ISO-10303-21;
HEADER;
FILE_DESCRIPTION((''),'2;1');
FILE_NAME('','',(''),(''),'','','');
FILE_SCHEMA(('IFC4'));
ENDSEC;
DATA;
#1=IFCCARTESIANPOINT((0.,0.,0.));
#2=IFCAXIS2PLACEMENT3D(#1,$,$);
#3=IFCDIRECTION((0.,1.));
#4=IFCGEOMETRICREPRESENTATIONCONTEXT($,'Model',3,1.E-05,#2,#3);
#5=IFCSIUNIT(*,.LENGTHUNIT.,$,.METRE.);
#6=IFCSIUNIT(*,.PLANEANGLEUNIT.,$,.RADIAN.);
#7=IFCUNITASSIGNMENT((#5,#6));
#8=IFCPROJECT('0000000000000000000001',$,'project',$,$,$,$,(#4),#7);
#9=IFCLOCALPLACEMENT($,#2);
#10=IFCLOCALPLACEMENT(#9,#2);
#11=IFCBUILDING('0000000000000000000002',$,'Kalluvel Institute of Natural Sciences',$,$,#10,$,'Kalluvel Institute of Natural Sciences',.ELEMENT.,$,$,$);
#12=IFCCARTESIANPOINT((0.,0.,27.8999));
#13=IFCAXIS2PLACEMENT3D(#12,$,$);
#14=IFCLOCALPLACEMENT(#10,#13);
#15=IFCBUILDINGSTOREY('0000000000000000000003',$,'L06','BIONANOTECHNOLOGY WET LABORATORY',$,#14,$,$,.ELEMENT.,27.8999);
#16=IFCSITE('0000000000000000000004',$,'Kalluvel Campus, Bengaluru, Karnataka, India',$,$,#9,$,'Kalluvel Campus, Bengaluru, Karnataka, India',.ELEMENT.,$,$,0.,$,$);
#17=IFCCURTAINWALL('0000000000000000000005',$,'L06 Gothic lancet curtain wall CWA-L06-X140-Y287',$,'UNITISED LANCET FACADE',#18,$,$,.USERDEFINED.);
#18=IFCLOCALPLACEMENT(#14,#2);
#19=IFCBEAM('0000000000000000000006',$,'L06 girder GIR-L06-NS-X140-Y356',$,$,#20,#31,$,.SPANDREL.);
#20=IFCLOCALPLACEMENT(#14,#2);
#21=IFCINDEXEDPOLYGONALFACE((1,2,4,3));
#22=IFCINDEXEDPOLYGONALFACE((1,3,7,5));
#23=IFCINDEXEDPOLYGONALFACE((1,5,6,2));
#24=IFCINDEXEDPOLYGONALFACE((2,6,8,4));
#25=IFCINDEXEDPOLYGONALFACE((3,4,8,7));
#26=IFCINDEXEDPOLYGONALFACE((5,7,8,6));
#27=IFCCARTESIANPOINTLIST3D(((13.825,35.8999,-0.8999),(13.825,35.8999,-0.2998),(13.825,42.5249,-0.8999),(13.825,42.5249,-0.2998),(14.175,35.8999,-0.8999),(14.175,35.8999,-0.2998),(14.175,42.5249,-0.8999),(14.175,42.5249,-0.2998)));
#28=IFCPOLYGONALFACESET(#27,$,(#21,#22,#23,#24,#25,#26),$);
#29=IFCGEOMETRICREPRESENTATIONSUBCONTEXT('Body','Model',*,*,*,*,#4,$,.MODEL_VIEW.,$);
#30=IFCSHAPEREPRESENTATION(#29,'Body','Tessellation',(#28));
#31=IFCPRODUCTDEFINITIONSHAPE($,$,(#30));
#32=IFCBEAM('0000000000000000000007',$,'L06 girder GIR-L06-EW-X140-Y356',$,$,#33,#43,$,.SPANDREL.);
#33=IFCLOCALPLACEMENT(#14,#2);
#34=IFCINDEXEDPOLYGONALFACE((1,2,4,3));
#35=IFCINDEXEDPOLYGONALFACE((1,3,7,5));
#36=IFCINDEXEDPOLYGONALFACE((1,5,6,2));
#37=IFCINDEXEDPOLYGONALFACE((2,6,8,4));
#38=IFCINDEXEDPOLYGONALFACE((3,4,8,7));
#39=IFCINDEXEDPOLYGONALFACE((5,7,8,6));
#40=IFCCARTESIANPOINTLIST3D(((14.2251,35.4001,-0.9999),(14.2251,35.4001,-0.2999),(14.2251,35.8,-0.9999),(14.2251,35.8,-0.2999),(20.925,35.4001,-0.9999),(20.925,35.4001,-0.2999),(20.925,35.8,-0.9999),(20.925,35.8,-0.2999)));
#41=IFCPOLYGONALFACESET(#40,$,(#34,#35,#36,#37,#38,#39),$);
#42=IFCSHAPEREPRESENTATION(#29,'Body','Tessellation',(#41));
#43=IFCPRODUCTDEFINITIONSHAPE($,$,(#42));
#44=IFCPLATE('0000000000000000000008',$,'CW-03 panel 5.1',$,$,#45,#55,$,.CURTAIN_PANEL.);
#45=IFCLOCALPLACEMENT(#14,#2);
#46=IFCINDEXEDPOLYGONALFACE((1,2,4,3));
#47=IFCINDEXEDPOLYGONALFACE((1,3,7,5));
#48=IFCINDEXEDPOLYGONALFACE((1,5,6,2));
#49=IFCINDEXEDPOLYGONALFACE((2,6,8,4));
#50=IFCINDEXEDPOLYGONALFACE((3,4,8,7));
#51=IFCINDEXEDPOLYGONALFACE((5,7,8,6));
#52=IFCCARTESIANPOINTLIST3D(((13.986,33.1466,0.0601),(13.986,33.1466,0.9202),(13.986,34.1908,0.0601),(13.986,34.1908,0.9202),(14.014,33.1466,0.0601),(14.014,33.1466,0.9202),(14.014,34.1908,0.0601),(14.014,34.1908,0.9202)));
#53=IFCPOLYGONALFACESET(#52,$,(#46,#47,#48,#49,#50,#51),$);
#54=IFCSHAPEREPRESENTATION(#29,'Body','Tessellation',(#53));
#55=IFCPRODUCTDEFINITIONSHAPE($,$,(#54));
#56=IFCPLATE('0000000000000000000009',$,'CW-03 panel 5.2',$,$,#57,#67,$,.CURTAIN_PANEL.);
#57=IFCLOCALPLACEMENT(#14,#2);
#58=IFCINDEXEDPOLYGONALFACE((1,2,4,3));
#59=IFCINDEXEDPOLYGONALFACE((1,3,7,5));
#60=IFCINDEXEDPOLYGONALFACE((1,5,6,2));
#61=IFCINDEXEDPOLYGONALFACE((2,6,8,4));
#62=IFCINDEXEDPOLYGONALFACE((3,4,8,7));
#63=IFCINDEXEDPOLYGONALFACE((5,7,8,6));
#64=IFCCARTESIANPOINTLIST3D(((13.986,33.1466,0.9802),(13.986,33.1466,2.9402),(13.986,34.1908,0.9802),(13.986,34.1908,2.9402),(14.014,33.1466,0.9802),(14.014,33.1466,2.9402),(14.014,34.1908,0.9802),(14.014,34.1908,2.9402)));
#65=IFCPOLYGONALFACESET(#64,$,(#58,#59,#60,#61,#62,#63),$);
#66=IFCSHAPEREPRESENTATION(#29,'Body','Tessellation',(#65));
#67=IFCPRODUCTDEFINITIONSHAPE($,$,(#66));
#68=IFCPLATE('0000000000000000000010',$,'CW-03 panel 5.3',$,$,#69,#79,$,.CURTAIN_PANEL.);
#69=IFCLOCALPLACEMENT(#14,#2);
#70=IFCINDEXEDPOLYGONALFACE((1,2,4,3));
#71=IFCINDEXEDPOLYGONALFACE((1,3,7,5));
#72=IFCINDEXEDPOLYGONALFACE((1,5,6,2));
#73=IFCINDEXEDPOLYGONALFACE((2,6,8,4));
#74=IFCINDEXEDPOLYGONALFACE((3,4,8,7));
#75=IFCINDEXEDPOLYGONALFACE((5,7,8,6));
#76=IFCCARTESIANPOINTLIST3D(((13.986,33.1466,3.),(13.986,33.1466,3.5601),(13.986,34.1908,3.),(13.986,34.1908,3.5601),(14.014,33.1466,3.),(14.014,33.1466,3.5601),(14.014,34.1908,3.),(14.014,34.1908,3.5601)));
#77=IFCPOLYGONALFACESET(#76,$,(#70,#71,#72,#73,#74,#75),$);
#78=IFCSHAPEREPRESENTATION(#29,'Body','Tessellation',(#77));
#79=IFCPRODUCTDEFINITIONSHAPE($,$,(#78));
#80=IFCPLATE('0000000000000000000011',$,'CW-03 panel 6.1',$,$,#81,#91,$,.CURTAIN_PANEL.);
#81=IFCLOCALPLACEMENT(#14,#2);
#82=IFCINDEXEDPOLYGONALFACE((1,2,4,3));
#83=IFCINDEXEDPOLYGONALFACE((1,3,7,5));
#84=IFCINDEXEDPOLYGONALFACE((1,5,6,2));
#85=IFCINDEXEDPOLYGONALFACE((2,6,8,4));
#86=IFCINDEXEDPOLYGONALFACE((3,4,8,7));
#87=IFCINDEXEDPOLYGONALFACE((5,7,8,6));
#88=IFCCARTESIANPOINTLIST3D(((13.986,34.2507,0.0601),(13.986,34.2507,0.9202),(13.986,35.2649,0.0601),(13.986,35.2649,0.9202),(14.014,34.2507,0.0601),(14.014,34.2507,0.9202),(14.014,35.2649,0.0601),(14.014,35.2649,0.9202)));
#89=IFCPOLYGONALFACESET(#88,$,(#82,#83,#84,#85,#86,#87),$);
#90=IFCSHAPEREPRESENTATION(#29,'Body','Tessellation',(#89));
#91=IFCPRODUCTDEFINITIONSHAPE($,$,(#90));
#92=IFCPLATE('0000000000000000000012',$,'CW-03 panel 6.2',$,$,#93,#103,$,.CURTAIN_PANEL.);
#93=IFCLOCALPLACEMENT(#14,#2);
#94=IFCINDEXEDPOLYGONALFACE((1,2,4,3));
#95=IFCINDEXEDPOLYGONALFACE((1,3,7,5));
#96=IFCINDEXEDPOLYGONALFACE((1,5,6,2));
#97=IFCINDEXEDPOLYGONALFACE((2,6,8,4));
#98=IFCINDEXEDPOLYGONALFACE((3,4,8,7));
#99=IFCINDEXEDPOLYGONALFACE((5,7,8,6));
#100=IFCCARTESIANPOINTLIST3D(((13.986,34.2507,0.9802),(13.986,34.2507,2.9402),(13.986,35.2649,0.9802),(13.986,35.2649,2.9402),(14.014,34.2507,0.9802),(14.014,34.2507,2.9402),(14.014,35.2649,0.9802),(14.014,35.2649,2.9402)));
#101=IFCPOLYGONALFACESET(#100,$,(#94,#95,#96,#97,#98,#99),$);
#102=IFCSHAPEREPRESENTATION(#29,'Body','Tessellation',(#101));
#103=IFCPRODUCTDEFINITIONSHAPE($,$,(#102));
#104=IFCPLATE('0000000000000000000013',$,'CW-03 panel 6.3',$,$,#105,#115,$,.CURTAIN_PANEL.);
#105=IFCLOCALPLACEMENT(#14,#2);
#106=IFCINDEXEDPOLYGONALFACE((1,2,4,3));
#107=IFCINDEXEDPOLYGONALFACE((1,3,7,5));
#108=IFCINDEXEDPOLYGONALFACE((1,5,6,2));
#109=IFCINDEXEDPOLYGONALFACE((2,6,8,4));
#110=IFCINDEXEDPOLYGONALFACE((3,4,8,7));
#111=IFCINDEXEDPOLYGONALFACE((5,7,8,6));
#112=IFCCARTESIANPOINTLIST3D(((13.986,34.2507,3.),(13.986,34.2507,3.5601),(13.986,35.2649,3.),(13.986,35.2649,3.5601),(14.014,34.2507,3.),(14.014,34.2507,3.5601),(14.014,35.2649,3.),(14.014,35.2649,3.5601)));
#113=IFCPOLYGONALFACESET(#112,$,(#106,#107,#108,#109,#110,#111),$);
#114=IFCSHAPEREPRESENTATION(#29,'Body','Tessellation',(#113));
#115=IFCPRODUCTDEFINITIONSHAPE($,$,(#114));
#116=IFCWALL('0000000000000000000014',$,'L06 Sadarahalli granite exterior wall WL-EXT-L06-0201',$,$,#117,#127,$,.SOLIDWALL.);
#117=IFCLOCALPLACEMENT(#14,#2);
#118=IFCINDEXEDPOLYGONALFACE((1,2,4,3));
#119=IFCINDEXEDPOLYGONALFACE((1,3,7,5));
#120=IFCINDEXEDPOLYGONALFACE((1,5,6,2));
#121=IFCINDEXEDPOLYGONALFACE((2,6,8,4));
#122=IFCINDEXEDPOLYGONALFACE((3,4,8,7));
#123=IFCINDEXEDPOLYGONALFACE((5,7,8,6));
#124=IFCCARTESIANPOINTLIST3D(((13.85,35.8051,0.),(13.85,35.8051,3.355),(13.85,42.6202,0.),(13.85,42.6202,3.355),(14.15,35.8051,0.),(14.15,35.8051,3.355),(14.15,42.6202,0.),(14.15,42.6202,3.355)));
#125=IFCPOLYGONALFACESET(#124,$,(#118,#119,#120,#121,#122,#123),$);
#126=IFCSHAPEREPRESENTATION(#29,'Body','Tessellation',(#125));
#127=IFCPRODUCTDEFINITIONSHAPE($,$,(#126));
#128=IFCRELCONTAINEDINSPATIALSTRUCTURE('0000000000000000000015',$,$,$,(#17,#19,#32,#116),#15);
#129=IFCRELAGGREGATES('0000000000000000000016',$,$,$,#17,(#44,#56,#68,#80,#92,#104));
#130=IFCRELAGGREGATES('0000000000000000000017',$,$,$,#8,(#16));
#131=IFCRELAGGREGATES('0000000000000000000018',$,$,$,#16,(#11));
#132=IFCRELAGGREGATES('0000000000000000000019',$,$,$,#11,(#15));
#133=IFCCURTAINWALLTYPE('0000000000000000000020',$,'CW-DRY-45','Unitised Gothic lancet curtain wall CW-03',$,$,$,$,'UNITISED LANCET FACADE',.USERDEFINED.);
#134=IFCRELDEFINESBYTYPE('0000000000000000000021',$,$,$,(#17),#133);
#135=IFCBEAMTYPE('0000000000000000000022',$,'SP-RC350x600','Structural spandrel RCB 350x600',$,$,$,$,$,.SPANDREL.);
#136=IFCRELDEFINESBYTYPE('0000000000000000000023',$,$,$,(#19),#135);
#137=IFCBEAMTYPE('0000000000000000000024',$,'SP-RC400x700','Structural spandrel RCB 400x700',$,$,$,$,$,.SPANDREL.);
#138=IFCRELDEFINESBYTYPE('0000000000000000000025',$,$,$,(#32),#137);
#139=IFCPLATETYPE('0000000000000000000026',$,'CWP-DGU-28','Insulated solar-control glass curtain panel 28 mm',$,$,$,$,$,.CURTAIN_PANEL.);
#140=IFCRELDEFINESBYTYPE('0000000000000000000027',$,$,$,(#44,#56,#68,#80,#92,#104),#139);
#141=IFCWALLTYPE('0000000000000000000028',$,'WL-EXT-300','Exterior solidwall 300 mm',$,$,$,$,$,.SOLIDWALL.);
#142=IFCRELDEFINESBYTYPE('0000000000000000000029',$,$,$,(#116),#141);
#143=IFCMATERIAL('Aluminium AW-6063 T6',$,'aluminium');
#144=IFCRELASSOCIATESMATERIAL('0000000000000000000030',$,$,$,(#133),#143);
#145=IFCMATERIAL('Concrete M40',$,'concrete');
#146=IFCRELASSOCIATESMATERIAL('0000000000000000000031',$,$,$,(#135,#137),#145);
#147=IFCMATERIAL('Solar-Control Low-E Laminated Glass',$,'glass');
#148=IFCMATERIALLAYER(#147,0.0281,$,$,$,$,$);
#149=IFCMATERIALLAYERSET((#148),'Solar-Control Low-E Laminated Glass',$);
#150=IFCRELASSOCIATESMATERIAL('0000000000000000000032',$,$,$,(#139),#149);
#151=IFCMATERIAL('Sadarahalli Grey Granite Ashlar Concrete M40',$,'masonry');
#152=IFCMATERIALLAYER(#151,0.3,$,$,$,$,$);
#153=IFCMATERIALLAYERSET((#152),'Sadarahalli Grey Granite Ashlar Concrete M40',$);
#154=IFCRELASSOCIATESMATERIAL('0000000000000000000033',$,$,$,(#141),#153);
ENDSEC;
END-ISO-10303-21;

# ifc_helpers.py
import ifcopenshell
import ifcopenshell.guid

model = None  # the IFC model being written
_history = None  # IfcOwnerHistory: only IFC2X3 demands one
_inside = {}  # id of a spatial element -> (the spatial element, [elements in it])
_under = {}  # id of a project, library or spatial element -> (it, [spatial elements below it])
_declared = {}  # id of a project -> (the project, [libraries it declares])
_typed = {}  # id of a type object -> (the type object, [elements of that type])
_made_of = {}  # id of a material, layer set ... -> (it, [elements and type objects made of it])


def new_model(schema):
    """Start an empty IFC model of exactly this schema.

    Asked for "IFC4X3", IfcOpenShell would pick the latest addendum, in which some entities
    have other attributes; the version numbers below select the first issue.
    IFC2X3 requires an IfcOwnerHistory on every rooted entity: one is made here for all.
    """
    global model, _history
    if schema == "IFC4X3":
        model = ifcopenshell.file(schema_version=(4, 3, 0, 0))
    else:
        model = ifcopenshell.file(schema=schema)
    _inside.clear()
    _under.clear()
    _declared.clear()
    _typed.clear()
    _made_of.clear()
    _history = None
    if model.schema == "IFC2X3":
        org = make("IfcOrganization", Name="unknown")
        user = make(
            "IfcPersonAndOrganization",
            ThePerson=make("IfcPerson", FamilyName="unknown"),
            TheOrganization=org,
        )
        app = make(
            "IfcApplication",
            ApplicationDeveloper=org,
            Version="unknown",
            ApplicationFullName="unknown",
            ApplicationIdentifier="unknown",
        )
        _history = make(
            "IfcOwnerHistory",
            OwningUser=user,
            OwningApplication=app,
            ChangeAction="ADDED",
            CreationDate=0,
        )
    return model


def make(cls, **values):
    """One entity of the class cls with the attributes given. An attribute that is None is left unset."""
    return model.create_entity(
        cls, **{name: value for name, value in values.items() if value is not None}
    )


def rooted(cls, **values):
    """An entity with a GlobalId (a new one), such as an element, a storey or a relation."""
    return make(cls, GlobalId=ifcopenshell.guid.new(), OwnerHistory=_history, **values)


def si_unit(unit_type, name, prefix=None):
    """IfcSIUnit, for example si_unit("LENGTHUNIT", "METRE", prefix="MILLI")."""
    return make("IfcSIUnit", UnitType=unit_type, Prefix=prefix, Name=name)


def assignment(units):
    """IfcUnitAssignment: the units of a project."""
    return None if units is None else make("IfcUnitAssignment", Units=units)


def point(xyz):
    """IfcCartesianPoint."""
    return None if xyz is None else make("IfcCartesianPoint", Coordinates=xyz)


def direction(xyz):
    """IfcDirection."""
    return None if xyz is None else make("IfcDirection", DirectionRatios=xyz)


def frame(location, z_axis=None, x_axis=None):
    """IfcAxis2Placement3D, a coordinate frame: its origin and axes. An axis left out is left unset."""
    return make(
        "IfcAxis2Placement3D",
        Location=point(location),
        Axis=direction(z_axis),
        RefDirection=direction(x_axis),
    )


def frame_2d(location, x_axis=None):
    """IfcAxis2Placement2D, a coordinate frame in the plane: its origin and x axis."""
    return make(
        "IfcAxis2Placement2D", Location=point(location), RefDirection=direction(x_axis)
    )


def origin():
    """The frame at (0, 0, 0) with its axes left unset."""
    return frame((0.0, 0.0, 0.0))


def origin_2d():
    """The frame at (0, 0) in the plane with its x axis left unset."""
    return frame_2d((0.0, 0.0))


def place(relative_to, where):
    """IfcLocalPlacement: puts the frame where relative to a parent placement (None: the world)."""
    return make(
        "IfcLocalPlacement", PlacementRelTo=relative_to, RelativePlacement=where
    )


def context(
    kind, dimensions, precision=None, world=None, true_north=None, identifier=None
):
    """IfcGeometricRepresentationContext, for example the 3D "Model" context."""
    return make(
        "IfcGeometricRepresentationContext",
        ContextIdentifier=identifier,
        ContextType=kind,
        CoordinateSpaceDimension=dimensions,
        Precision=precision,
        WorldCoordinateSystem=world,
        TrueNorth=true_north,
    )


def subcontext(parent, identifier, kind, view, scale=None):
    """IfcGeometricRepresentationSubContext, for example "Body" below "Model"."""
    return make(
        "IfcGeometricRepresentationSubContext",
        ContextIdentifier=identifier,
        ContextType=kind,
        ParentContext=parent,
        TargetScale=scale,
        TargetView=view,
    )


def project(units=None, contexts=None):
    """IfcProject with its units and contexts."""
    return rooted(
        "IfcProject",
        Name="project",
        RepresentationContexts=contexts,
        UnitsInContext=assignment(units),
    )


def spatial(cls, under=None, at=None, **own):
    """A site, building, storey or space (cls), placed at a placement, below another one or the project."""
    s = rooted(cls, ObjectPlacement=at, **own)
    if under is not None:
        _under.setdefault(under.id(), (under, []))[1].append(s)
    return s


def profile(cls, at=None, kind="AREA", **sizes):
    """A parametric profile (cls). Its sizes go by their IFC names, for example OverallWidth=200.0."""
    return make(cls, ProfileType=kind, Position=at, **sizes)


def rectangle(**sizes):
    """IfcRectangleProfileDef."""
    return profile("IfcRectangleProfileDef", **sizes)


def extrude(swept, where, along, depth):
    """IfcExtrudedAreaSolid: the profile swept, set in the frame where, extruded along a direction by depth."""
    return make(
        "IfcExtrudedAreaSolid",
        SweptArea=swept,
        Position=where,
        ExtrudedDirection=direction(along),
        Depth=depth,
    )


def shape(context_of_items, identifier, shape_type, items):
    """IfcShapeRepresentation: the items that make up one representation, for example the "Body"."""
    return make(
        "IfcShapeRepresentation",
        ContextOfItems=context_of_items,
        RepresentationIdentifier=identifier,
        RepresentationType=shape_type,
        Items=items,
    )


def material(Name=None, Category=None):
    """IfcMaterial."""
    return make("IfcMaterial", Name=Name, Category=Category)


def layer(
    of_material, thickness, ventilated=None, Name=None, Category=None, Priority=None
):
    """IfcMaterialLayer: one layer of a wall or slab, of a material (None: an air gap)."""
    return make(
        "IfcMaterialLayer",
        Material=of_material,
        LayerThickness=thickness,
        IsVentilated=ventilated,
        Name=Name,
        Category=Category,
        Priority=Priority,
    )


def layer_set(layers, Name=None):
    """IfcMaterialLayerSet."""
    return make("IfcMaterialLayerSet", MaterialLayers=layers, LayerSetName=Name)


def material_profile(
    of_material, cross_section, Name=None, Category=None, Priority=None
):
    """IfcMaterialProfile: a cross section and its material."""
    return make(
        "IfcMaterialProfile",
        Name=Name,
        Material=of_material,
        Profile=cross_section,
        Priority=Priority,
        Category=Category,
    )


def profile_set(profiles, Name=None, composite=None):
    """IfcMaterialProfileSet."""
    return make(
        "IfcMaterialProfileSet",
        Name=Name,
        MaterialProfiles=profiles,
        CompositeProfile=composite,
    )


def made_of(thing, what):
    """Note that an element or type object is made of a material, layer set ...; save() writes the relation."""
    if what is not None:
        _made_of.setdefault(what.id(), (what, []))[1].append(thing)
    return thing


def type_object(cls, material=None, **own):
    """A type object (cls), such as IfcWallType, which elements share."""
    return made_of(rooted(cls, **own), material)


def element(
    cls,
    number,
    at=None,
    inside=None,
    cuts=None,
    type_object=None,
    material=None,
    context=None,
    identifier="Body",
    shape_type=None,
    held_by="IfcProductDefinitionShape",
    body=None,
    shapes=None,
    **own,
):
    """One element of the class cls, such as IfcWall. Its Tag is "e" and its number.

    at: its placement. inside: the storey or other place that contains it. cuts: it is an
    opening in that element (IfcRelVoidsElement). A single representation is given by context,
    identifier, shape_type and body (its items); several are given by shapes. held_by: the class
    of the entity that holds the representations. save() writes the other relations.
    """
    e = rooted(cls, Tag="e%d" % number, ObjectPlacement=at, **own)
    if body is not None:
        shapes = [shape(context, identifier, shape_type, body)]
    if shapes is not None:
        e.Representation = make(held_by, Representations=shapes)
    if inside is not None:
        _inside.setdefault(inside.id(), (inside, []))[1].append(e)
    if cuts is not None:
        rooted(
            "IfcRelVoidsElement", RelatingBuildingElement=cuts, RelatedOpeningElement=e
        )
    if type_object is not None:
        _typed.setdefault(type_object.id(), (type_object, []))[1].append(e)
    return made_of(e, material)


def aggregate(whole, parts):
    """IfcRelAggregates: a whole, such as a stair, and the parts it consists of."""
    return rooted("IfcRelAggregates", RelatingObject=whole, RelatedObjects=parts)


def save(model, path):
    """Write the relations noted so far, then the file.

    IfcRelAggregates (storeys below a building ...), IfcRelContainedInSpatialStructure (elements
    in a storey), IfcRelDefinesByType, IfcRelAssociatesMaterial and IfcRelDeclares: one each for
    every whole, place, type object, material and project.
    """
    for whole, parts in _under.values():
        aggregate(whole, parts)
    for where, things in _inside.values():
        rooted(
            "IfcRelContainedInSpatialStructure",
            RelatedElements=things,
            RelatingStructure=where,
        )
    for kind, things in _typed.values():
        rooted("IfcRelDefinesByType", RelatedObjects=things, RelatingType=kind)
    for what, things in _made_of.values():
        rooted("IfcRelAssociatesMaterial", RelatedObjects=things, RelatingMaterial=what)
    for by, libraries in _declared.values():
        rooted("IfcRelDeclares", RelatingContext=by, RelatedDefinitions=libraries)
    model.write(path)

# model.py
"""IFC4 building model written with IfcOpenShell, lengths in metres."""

from ifc_helpers import new_model, si_unit, direction, frame, frame_2d, origin, origin_2d, place, context, subcontext, project, spatial, rectangle, extrude, material, layer, layer_set, material_profile, profile_set, type_object, element, aggregate, save


model = new_model("IFC4")

# Units and contexts
model_context = context("Model", 3, precision=1e-05, world=origin(), true_north=direction((0.0, 1.0)))
body_context = subcontext(model_context, "Body", "Model", "MODEL_VIEW")
ifc_project = project(units=[si_unit("LENGTHUNIT", "METRE"), si_unit("PLANEANGLEUNIT", "RADIAN")], contexts=[model_context])

# Site, building, storey
site_placement = place(None, origin())
site = spatial("IfcSite", under=ifc_project, at=site_placement, Name="Kalluvel Campus, Bengaluru, Karnataka, India", LongName="Kalluvel Campus, Bengaluru, Karnataka, India", CompositionType="ELEMENT", RefElevation=0.0)
building_placement = place(site_placement, origin())
building = spatial("IfcBuilding", under=site, at=building_placement, Name="Kalluvel Institute of Natural Sciences", LongName="Kalluvel Institute of Natural Sciences", CompositionType="ELEMENT")
storey_placement = place(building_placement, frame((0.0, 0.0, 27.8999)))
storey = spatial("IfcBuildingStorey", under=building, at=storey_placement, Name="L06", Description="BIONANOTECHNOLOGY WET LABORATORY", CompositionType="ELEMENT", Elevation=27.8999)

# Shared definitions
ifc_material_1 = material(Name="Concrete M40", Category="concrete")

# Curtain wall
ifc_material_2 = material(Name="Aluminium AW-6063 T6", Category="aluminium")
curtain_wall_type = type_object("IfcCurtainWallType", Name="CW-DRY-45", Description="Unitised Gothic lancet curtain wall CW-03", ElementType="UNITISED LANCET FACADE", PredefinedType="USERDEFINED", material=ifc_material_2)
curtain_wall_1_placement = place(storey_placement, origin())
curtain_wall_1 = element("IfcCurtainWall", 1, at=curtain_wall_1_placement, inside=storey, type_object=curtain_wall_type, Name="L06 Gothic lancet curtain wall CWA-L06-X140-Y287", ObjectType="UNITISED LANCET FACADE", PredefinedType="USERDEFINED")

# Beams
ifc_material_profile_1 = material_profile(ifc_material_1, rectangle(XDim=0.3501, YDim=0.6001, at=origin_2d()), Name="RCB 350x600")
ifc_profile_set_1 = profile_set([ifc_material_profile_1], Name="Concrete M40")
beam_type_1 = type_object("IfcBeamType", Name="SP-RC350x600", Description="Structural spandrel RCB 350x600", PredefinedType="SPANDREL", material=ifc_profile_set_1)
for number, where, z_axis, x_axis, name in (
    (2, (14.0, 35.8999, -0.5999), (0.0, 1.0, 0.0), (-1.0, 0.0, 0.0), "L06 girder GIR-L06-NS-X140-Y356"),
):
    element("IfcBeam", number, at=place(storey_placement, frame(where, z_axis=z_axis, x_axis=x_axis)), inside=storey, type_object=beam_type_1, Name=name, PredefinedType="SPANDREL", context=body_context, shape_type="SweptSolid", body=[
        extrude(rectangle(XDim=0.3501, YDim=0.6001, at=origin_2d()), origin(), (0.0, 0.0, 1.0), 6.625),
    ])
ifc_material_profile_2 = material_profile(ifc_material_1, rectangle(XDim=0.3999, YDim=0.7, at=origin_2d()), Name="RCB 400x700")
ifc_profile_set_2 = profile_set([ifc_material_profile_2], Name="Concrete M40")
beam_type_2 = type_object("IfcBeamType", Name="SP-RC400x700", Description="Structural spandrel RCB 400x700", PredefinedType="SPANDREL", material=ifc_profile_set_2)
beam_1_placement = place(storey_placement, frame((14.2251, 35.6001, -0.6499), z_axis=(1.0, 0.0, 0.0), x_axis=(0.0, 1.0, 0.0)))
element("IfcBeam", 3, at=beam_1_placement, inside=storey, type_object=beam_type_2, Name="L06 girder GIR-L06-EW-X140-Y356", PredefinedType="SPANDREL", context=body_context, shape_type="SweptSolid", body=[
    extrude(rectangle(XDim=0.3999, YDim=0.7, at=origin_2d()), origin(), (0.0, 0.0, 1.0), 6.7),
])

# Plates
ifc_material_3 = material(Name="Solar-Control Low-E Laminated Glass", Category="glass")
ifc_layer_1 = layer(ifc_material_3, 0.0281)
ifc_layer_set_1 = layer_set([ifc_layer_1], Name="Solar-Control Low-E Laminated Glass")
plate_type = type_object("IfcPlateType", Name="CWP-DGU-28", Description="Insulated solar-control glass curtain panel 28 mm", PredefinedType="CURTAIN_PANEL", material=ifc_layer_set_1)
plate_1_placement = place(storey_placement, frame((14.0, 33.6687, 0.0601), z_axis=(0.0, 0.0, 1.0), x_axis=(0.0, 1.0, 0.0)))
plate_1 = element("IfcPlate", 4, at=plate_1_placement, type_object=plate_type, Name="CW-03 panel 5.1", PredefinedType="CURTAIN_PANEL", context=body_context, shape_type="SweptSolid", body=[
    extrude(rectangle(XDim=1.0442, YDim=0.0281, at=origin_2d()), origin(), (0.0, 0.0, 1.0), 0.8601),
])
plate_2_placement = place(storey_placement, frame((14.0, 33.6687, 0.9802), z_axis=(0.0, 0.0, 1.0), x_axis=(0.0, 1.0, 0.0)))
plate_2 = element("IfcPlate", 5, at=plate_2_placement, type_object=plate_type, Name="CW-03 panel 5.2", PredefinedType="CURTAIN_PANEL", context=body_context, shape_type="SweptSolid", body=[
    extrude(rectangle(XDim=1.0442, YDim=0.0281, at=origin_2d()), origin(), (0.0, 0.0, 1.0), 1.96),
])
plate_3_placement = place(storey_placement, frame((14.0, 33.6687, 3.0), z_axis=(0.0, 0.0, 1.0), x_axis=(0.0, 1.0, 0.0)))
plate_3 = element("IfcPlate", 6, at=plate_3_placement, type_object=plate_type, Name="CW-03 panel 5.3", PredefinedType="CURTAIN_PANEL", context=body_context, shape_type="SweptSolid", body=[
    extrude(rectangle(XDim=1.0442, YDim=0.0281, at=origin_2d()), origin(), (0.0, 0.0, 1.0), 0.5601),
])
plate_4_placement = place(storey_placement, frame((14.0, 34.7578, 0.0601), z_axis=(0.0, 0.0, 1.0), x_axis=(0.0, 1.0, 0.0)))
plate_4 = element("IfcPlate", 7, at=plate_4_placement, type_object=plate_type, Name="CW-03 panel 6.1", PredefinedType="CURTAIN_PANEL", context=body_context, shape_type="SweptSolid", body=[
    extrude(rectangle(XDim=1.0142, YDim=0.0281, at=origin_2d()), origin(), (0.0, 0.0, 1.0), 0.8601),
])
plate_5_placement = place(storey_placement, frame((14.0, 34.7578, 0.9802), z_axis=(0.0, 0.0, 1.0), x_axis=(0.0, 1.0, 0.0)))
plate_5 = element("IfcPlate", 8, at=plate_5_placement, type_object=plate_type, Name="CW-03 panel 6.2", PredefinedType="CURTAIN_PANEL", context=body_context, shape_type="SweptSolid", body=[
    extrude(rectangle(XDim=1.0142, YDim=0.0281, at=origin_2d()), origin(), (0.0, 0.0, 1.0), 1.96),
])
plate_6_placement = place(storey_placement, frame((14.0, 34.7578, 3.0), z_axis=(0.0, 0.0, 1.0), x_axis=(0.0, 1.0, 0.0)))
plate_6 = element("IfcPlate", 9, at=plate_6_placement, type_object=plate_type, Name="CW-03 panel 6.3", PredefinedType="CURTAIN_PANEL", context=body_context, shape_type="SweptSolid", body=[
    extrude(rectangle(XDim=1.0142, YDim=0.0281, at=origin_2d()), origin(), (0.0, 0.0, 1.0), 0.5601),
])
aggregate(curtain_wall_1, [plate_1, plate_2, plate_3, plate_4, plate_5, plate_6])

# Wall
ifc_material_4 = material(Name="Sadarahalli Grey Granite Ashlar Concrete M40", Category="masonry")
ifc_layer_2 = layer(ifc_material_4, 0.3)
ifc_layer_set_2 = layer_set([ifc_layer_2], Name="Sadarahalli Grey Granite Ashlar Concrete M40")
wall_type = type_object("IfcWallType", Name="WL-EXT-300", Description="Exterior solidwall 300 mm", PredefinedType="SOLIDWALL", material=ifc_layer_set_2)
wall_placement = place(storey_placement, frame((14.0, 35.8049, 0.0), z_axis=(0.0, 0.0, 1.0), x_axis=(0.0, 1.0, 0.0)))
element("IfcWall", 10, at=wall_placement, inside=storey, type_object=wall_type, Name="L06 Sadarahalli granite exterior wall WL-EXT-L06-0201", PredefinedType="SOLIDWALL", context=body_context, shape_type="SweptSolid", body=[
    extrude(rectangle(XDim=6.8152, YDim=0.3, at=frame_2d((3.4077, 0.0))), origin(), (0.0, 0.0, 1.0), 3.355),
])

save(model, "model.ifc")
